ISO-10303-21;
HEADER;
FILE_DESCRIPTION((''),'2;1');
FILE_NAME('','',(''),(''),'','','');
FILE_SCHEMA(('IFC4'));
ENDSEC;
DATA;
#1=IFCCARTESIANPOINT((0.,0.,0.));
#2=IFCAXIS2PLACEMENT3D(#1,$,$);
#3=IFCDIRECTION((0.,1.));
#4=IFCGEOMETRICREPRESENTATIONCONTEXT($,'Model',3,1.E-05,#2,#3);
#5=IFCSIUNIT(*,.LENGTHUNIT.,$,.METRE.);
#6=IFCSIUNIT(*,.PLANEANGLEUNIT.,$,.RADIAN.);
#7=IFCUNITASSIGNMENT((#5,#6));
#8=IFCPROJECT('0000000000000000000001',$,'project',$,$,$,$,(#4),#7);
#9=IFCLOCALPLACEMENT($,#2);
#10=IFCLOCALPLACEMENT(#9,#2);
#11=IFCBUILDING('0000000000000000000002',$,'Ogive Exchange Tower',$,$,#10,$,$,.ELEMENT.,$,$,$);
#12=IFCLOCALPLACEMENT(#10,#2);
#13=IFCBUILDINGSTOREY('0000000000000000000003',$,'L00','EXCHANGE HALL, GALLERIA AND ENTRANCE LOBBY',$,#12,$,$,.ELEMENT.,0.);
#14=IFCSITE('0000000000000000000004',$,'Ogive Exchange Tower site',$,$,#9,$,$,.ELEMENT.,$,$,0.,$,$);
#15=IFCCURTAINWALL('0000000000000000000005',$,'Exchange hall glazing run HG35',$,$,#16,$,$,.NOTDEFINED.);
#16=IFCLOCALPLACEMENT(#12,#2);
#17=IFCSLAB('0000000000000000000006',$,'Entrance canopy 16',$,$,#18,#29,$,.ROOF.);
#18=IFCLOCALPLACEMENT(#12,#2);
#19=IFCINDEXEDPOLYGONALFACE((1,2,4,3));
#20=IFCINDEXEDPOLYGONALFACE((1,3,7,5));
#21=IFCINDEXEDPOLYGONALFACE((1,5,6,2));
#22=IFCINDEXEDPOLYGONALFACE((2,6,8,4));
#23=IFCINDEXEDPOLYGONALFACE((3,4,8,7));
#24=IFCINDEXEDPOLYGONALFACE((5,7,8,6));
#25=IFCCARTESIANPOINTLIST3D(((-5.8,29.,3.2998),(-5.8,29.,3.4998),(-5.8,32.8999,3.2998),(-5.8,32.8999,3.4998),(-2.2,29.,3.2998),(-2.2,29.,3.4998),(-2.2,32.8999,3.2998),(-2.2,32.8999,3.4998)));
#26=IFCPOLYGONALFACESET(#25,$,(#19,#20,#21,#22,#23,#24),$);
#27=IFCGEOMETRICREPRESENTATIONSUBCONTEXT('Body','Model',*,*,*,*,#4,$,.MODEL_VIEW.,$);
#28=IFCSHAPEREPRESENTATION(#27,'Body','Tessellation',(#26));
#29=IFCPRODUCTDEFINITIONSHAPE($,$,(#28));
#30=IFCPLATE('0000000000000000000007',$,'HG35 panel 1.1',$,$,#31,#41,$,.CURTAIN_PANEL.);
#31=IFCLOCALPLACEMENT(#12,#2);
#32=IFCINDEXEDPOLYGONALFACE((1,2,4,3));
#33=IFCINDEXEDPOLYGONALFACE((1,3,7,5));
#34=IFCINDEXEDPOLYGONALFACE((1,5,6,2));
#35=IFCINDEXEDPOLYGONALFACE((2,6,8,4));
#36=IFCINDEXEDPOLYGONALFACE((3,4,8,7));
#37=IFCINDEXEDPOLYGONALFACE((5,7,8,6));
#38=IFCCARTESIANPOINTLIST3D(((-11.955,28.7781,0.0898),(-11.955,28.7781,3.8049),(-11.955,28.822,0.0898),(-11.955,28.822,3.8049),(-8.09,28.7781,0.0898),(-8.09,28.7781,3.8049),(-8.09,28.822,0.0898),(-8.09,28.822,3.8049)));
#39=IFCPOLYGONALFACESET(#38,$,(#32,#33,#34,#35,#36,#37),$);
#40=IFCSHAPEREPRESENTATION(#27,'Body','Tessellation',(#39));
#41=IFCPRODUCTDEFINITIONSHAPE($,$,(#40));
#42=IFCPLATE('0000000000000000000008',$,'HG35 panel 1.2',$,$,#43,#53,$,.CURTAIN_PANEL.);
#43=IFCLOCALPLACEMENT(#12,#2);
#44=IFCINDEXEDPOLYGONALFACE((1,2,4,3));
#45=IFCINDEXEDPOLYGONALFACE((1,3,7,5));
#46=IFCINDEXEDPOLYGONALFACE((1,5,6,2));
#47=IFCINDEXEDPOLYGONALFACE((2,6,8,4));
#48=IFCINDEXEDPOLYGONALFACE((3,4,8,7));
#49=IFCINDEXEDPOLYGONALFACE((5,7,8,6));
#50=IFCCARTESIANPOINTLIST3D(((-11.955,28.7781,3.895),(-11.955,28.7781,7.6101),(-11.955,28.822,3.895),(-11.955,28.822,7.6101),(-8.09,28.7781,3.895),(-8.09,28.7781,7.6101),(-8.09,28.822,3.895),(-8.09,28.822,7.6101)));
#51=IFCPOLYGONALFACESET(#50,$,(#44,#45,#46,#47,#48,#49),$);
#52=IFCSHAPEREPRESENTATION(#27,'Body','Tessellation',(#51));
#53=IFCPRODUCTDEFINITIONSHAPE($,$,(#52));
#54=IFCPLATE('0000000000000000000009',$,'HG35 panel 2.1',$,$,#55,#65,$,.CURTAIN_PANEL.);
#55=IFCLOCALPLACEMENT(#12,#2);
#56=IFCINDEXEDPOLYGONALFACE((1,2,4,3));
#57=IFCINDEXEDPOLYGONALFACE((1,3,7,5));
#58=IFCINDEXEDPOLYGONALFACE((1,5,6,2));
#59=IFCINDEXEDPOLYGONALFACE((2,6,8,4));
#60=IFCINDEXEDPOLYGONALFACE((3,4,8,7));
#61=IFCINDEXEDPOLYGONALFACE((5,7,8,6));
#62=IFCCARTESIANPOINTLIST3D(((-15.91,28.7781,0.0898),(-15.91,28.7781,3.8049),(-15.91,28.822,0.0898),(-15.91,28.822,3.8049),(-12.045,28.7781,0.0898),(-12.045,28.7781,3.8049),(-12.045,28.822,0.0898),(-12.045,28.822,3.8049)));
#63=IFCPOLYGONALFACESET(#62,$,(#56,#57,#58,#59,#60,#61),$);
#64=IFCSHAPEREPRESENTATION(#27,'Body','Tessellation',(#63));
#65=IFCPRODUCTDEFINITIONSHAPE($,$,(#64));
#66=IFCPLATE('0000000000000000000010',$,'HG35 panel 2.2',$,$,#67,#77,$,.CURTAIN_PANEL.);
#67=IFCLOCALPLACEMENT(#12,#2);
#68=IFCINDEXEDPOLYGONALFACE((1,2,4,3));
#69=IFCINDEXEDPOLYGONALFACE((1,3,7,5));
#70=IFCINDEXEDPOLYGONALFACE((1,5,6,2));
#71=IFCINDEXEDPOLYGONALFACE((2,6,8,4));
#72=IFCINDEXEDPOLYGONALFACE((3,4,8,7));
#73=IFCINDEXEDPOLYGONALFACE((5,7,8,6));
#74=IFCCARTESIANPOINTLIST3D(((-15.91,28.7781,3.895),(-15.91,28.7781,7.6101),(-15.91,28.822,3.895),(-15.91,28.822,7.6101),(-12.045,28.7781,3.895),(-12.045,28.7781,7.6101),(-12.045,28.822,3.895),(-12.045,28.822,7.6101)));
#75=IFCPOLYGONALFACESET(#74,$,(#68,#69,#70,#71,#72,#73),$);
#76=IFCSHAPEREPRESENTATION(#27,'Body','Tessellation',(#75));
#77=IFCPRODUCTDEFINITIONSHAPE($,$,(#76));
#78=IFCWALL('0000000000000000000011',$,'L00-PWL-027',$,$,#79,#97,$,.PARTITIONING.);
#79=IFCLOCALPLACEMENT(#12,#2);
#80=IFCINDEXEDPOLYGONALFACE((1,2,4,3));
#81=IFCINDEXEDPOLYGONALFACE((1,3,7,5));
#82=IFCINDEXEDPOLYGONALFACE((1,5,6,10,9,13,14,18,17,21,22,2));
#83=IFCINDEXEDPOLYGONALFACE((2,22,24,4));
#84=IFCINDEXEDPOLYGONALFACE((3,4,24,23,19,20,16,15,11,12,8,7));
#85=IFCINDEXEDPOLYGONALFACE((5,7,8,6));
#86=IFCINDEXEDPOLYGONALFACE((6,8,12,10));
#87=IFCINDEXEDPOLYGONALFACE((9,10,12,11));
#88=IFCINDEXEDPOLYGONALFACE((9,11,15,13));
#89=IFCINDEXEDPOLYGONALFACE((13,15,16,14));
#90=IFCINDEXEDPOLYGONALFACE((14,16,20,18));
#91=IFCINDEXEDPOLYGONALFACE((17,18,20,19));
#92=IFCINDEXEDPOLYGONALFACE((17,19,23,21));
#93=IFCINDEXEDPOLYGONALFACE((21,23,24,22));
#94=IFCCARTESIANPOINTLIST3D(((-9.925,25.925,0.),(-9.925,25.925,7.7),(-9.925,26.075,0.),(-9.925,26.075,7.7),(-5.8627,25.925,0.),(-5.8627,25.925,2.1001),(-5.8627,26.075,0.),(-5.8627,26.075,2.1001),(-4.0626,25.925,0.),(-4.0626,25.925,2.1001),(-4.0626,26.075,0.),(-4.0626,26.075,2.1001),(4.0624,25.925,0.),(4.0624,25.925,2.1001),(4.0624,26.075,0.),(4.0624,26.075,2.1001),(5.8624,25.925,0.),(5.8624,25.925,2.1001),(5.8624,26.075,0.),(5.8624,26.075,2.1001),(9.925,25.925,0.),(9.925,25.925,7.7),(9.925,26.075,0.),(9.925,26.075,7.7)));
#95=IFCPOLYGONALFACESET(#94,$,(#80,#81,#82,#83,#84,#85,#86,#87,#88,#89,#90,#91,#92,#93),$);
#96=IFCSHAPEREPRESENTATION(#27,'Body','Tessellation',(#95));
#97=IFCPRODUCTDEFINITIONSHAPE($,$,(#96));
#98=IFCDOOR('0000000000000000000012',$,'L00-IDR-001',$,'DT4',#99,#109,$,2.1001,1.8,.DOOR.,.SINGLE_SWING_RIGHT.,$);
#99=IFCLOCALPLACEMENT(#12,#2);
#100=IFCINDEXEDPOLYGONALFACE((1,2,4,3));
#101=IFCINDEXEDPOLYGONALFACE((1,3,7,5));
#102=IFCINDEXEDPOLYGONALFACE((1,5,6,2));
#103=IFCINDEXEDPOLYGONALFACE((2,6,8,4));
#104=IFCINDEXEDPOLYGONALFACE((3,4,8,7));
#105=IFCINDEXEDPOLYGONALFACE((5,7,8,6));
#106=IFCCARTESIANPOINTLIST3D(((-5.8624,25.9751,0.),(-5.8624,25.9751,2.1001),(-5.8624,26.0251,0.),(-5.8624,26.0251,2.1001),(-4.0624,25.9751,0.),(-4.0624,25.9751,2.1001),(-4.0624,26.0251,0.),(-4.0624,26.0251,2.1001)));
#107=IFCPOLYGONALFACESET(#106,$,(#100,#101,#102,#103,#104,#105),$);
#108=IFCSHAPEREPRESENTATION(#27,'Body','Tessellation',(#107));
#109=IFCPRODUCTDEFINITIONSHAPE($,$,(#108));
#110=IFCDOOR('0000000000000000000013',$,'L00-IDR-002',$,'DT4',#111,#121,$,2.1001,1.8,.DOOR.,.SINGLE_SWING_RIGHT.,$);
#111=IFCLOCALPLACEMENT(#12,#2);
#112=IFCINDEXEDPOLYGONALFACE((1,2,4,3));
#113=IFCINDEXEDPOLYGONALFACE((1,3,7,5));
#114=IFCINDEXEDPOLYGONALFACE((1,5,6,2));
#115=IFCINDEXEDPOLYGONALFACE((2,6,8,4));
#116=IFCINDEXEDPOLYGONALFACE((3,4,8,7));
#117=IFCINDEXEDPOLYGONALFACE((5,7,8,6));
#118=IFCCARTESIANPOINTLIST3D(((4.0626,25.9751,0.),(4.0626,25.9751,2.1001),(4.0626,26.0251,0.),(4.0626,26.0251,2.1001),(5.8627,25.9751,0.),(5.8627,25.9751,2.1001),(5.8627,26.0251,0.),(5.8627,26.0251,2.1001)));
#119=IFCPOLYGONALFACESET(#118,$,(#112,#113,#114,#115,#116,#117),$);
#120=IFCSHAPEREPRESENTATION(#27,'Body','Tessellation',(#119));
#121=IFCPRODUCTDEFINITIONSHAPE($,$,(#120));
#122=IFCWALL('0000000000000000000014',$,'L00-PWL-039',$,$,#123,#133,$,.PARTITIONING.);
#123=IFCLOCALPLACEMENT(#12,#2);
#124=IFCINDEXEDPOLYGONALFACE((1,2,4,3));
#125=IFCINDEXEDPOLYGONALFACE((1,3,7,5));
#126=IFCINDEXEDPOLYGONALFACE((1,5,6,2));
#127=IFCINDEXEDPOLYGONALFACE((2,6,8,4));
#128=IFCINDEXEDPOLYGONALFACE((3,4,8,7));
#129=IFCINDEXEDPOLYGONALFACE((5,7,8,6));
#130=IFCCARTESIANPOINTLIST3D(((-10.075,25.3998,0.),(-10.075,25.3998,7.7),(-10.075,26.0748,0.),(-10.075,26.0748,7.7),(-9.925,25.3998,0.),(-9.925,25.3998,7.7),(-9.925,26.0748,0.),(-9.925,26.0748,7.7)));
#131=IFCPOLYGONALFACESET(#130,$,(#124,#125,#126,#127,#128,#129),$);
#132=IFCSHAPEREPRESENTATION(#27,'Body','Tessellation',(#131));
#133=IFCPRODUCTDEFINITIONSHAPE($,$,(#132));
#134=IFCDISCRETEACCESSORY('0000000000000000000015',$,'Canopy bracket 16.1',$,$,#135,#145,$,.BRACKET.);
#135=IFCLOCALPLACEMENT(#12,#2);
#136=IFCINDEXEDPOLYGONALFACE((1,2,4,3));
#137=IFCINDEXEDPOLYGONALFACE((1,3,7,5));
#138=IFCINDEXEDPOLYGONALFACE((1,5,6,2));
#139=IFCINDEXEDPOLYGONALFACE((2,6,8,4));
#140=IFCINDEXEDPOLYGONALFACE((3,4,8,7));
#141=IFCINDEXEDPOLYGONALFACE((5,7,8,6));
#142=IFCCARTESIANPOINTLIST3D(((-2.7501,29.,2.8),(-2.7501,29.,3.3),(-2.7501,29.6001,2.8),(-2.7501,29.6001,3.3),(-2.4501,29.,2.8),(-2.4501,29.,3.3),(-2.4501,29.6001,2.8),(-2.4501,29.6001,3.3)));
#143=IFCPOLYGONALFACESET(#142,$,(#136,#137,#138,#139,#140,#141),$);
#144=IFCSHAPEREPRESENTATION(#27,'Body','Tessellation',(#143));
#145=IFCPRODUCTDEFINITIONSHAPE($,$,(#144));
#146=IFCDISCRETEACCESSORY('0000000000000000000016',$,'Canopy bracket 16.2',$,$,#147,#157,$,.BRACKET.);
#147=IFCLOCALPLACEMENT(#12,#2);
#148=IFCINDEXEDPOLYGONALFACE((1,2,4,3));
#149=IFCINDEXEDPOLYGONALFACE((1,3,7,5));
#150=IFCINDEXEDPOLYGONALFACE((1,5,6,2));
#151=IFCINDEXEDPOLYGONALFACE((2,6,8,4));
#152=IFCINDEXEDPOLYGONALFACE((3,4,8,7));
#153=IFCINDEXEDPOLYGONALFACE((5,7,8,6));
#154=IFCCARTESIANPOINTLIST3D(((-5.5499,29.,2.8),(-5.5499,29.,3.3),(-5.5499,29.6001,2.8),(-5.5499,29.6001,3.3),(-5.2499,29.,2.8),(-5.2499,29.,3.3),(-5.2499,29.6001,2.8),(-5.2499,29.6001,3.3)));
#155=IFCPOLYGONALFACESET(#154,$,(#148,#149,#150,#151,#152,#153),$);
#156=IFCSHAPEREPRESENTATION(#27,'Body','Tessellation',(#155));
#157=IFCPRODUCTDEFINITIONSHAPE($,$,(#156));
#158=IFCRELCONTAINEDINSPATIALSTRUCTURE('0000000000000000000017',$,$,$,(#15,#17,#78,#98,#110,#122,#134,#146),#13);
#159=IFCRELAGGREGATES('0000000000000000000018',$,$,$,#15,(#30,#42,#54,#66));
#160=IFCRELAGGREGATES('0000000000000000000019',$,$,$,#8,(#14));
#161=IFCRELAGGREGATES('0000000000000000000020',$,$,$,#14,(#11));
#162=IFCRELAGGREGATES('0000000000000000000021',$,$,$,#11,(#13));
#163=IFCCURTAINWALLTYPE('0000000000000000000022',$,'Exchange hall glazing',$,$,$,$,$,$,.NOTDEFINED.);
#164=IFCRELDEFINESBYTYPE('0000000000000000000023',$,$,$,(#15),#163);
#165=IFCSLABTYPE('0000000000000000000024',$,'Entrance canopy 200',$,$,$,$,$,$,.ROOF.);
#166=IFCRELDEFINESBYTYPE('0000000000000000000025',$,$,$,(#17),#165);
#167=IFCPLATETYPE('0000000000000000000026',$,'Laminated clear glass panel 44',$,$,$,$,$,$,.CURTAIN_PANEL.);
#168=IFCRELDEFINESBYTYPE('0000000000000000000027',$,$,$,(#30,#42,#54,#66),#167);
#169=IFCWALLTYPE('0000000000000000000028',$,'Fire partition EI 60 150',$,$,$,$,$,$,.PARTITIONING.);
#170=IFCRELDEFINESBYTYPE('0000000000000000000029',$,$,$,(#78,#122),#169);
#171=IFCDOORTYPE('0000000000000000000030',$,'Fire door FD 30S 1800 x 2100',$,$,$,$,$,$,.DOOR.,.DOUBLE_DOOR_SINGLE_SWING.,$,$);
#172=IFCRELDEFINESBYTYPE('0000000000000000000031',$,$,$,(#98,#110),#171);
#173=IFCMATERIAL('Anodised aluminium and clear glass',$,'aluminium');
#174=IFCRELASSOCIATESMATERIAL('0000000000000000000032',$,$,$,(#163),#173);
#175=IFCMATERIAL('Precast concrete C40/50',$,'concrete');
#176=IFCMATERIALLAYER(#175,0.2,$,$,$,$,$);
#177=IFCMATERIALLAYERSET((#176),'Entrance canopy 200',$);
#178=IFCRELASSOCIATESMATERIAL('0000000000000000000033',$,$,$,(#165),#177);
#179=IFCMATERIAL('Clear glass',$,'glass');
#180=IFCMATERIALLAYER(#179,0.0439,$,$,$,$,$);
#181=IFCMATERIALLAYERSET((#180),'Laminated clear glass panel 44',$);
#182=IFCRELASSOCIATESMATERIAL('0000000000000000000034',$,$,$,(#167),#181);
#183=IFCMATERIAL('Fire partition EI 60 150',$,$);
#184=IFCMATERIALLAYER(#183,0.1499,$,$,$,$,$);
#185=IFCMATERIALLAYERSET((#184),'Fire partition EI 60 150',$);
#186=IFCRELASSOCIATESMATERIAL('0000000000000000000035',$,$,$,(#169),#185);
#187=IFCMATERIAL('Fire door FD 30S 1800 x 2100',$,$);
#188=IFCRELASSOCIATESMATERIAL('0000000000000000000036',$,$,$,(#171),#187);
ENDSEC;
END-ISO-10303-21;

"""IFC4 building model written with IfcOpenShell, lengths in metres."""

from ifc_helpers import new_model, si_unit, direction, frame, frame_2d, origin, origin_2d, place, context, subcontext, project, spatial, rectangle, extrude, material, layer, layer_set, type_object, element, fill, aggregate, save


model = new_model("IFC4")

# Units and contexts
model_context = context("Model", 3, precision=1e-05, world=origin(), true_north=direction((0.0, 1.0)))
body_context = subcontext(model_context, "Body", "Model", "MODEL_VIEW")
ifc_project = project(units=[si_unit("LENGTHUNIT", "METRE"), si_unit("PLANEANGLEUNIT", "RADIAN")], contexts=[model_context])

# Site, building, storey
site_placement = place(None, origin())
site = spatial("IfcSite", under=ifc_project, at=site_placement, Name="Ogive Exchange Tower site", CompositionType="ELEMENT", RefElevation=0.0)
building_placement = place(site_placement, origin())
building = spatial("IfcBuilding", under=site, at=building_placement, Name="Ogive Exchange Tower", CompositionType="ELEMENT")
storey_placement = place(building_placement, origin())
storey = spatial("IfcBuildingStorey", under=building, at=storey_placement, Name="L00", Description="EXCHANGE HALL, GALLERIA AND ENTRANCE LOBBY", CompositionType="ELEMENT", Elevation=0.0)

# Curtain wall
ifc_material_1 = material(Name="Anodised aluminium and clear glass", Category="aluminium")
curtain_wall_type = type_object("IfcCurtainWallType", Name="Exchange hall glazing", PredefinedType="NOTDEFINED", material=ifc_material_1)
curtain_wall_placement = place(storey_placement, origin())
curtain_wall = element("IfcCurtainWall", 1, at=curtain_wall_placement, inside=storey, type_object=curtain_wall_type, Name="Exchange hall glazing run HG35", PredefinedType="NOTDEFINED")

# Slab
ifc_material_2 = material(Name="Precast concrete C40/50", Category="concrete")
ifc_layer_1 = layer(ifc_material_2, 0.2)
ifc_layer_set_1 = layer_set([ifc_layer_1], Name="Entrance canopy 200")
slab_type = type_object("IfcSlabType", Name="Entrance canopy 200", PredefinedType="ROOF", material=ifc_layer_set_1)
slab_placement = place(storey_placement, frame((-4.0, 30.95, 3.2998), z_axis=(0.0, 0.0, 1.0), x_axis=(-1.0, 0.0, 0.0)))
element("IfcSlab", 2, at=slab_placement, inside=storey, type_object=slab_type, Name="Entrance canopy 16", PredefinedType="ROOF", context=body_context, shape_type="SweptSolid", body=[
    extrude(rectangle(XDim=3.6001, YDim=3.8999, at=origin_2d()), origin(), (0.0, 0.0, 1.0), 0.2),
])

# Plates
ifc_material_3 = material(Name="Clear glass", Category="glass")
ifc_layer_2 = layer(ifc_material_3, 0.0439)
ifc_layer_set_2 = layer_set([ifc_layer_2], Name="Laminated clear glass panel 44")
plate_type = type_object("IfcPlateType", Name="Laminated clear glass panel 44", PredefinedType="CURTAIN_PANEL", material=ifc_layer_set_2)
plate_1_placement = place(storey_placement, frame((-10.0225, 28.8, 0.0898), z_axis=(0.0, 0.0, 1.0), x_axis=(-1.0, 0.0, 0.0)))
plate_1 = element("IfcPlate", 3, at=plate_1_placement, type_object=plate_type, Name="HG35 panel 1.1", PredefinedType="CURTAIN_PANEL", context=body_context, shape_type="SweptSolid", body=[
    extrude(rectangle(XDim=3.865, YDim=0.0439, at=origin_2d()), origin(), (0.0, 0.0, 1.0), 3.7151),
])
plate_2_placement = place(storey_placement, frame((-10.0225, 28.8, 3.895), z_axis=(0.0, 0.0, 1.0), x_axis=(-1.0, 0.0, 0.0)))
plate_2 = element("IfcPlate", 4, at=plate_2_placement, type_object=plate_type, Name="HG35 panel 1.2", PredefinedType="CURTAIN_PANEL", context=body_context, shape_type="SweptSolid", body=[
    extrude(rectangle(XDim=3.865, YDim=0.0439, at=origin_2d()), origin(), (0.0, 0.0, 1.0), 3.7151),
])
plate_3_placement = place(storey_placement, frame((-13.9775, 28.8, 0.0898), z_axis=(0.0, 0.0, 1.0), x_axis=(-1.0, 0.0, 0.0)))
plate_3 = element("IfcPlate", 5, at=plate_3_placement, type_object=plate_type, Name="HG35 panel 2.1", PredefinedType="CURTAIN_PANEL", context=body_context, shape_type="SweptSolid", body=[
    extrude(rectangle(XDim=3.865, YDim=0.0439, at=origin_2d()), origin(), (0.0, 0.0, 1.0), 3.7151),
])
plate_4_placement = place(storey_placement, frame((-13.9775, 28.8, 3.895), z_axis=(0.0, 0.0, 1.0), x_axis=(-1.0, 0.0, 0.0)))
plate_4 = element("IfcPlate", 6, at=plate_4_placement, type_object=plate_type, Name="HG35 panel 2.2", PredefinedType="CURTAIN_PANEL", context=body_context, shape_type="SweptSolid", body=[
    extrude(rectangle(XDim=3.865, YDim=0.0439, at=origin_2d()), origin(), (0.0, 0.0, 1.0), 3.7151),
])
aggregate(curtain_wall, [plate_1, plate_2, plate_3, plate_4])

# Wall, openings, doors
ifc_material_4 = material(Name="Fire partition EI 60 150")
ifc_layer_3 = layer(ifc_material_4, 0.1499)
ifc_layer_set_3 = layer_set([ifc_layer_3], Name="Fire partition EI 60 150")
wall_type = type_object("IfcWallType", Name="Fire partition EI 60 150", PredefinedType="PARTITIONING", material=ifc_layer_set_3)
wall_1_placement = place(storey_placement, frame((-9.925, 26.0, 0.0), z_axis=(0.0, 0.0, 1.0), x_axis=(1.0, 0.0, 0.0)))
wall_1 = element("IfcWall", 7, at=wall_1_placement, inside=storey, type_object=wall_type, Name="L00-PWL-027", PredefinedType="PARTITIONING", context=body_context, shape_type="SweptSolid", body=[
    extrude(rectangle(XDim=19.8501, YDim=0.1499, at=frame_2d((9.925, 0.0))), origin(), (0.0, 0.0, 1.0), 7.7),
])
opening_1_placement = place(wall_1_placement, frame((4.0625, 0.0, 0.0)))
opening_1 = element("IfcOpeningElement", 8, at=opening_1_placement, cuts=wall_1, PredefinedType="OPENING", context=body_context, shape_type="SweptSolid", body=[
    extrude(rectangle(XDim=1.8, YDim=2.1001, at=frame_2d((0.8999, 1.05))), frame((0.0, 0.085, 0.0), z_axis=(0.0, -1.0, 0.0), x_axis=(1.0, 0.0, 0.0)), (0.0, 0.0, 1.0), 0.1699),
])
opening_2_placement = place(wall_1_placement, frame((13.9875, 0.0, 0.0)))
opening_2 = element("IfcOpeningElement", 9, at=opening_2_placement, cuts=wall_1, PredefinedType="OPENING", context=body_context, shape_type="SweptSolid", body=[
    extrude(rectangle(XDim=1.8, YDim=2.1001, at=frame_2d((0.8999, 1.05))), frame((0.0, 0.085, 0.0), z_axis=(0.0, -1.0, 0.0), x_axis=(1.0, 0.0, 0.0)), (0.0, 0.0, 1.0), 0.1699),
])
ifc_material_5 = material(Name="Fire door FD 30S 1800 x 2100")
door_type = type_object("IfcDoorType", Name="Fire door FD 30S 1800 x 2100", OperationType="DOUBLE_DOOR_SINGLE_SWING", PredefinedType="DOOR", material=ifc_material_5)
door_1_placement = place(opening_1_placement, frame((1.8, 0.0, 0.0), z_axis=(0.0, 0.0, 1.0), x_axis=(-1.0, 0.0, 0.0)))
door_1 = element("IfcDoor", 10, at=door_1_placement, inside=storey, type_object=door_type, Name="L00-IDR-001", ObjectType="DT4", OperationType="SINGLE_SWING_RIGHT", OverallHeight=2.1001, OverallWidth=1.8, PredefinedType="DOOR", context=body_context, shape_type="SweptSolid", body=[
    extrude(rectangle(XDim=1.8, YDim=2.1001, at=frame_2d((0.8999, 1.05))), frame((0.0, 0.0249, 0.0), z_axis=(0.0, -1.0, 0.0), x_axis=(1.0, 0.0, 0.0)), (0.0, 0.0, 1.0), 0.05),
])
fill(opening_1, door_1)
door_2_placement = place(opening_2_placement, frame((1.8, 0.0, 0.0), z_axis=(0.0, 0.0, 1.0), x_axis=(-1.0, 0.0, 0.0)))
door_2 = element("IfcDoor", 11, at=door_2_placement, inside=storey, type_object=door_type, Name="L00-IDR-002", ObjectType="DT4", OperationType="SINGLE_SWING_RIGHT", OverallHeight=2.1001, OverallWidth=1.8, PredefinedType="DOOR", context=body_context, shape_type="SweptSolid", body=[
    extrude(rectangle(XDim=1.8, YDim=2.1001, at=frame_2d((0.8999, 1.05))), frame((0.0, 0.0249, 0.0), z_axis=(0.0, -1.0, 0.0), x_axis=(1.0, 0.0, 0.0)), (0.0, 0.0, 1.0), 0.05),
])
fill(opening_2, door_2)

# Wall
wall_2_placement = place(storey_placement, frame((-10.0, 25.3999, 0.0), z_axis=(0.0, 0.0, 1.0), x_axis=(0.0, 1.0, 0.0)))
element("IfcWall", 12, at=wall_2_placement, inside=storey, type_object=wall_type, Name="L00-PWL-039", PredefinedType="PARTITIONING", context=body_context, shape_type="SweptSolid", body=[
    extrude(rectangle(XDim=0.675, YDim=0.1499, at=frame_2d((0.3374, 0.0))), origin(), (0.0, 0.0, 1.0), 7.7),
])

# Discrete accessories
for number, where, z_axis, x_axis, name in (
    (13, (-2.6001, 29.3, 2.8), (0.0, 0.0, 1.0), (-1.0, 0.0, 0.0), "Canopy bracket 16.1"),
    (14, (-5.3999, 29.3, 2.8), (0.0, 0.0, 1.0), (-1.0, 0.0, 0.0), "Canopy bracket 16.2"),
):
    element("IfcDiscreteAccessory", number, at=place(storey_placement, frame(where, z_axis=z_axis, x_axis=x_axis)), inside=storey, Name=name, PredefinedType="BRACKET", context=body_context, shape_type="SweptSolid", body=[
        extrude(rectangle(XDim=0.3, YDim=0.6001, at=origin_2d()), origin(), (0.0, 0.0, 1.0), 0.5),
    ])

save(model, "model.ifc")
